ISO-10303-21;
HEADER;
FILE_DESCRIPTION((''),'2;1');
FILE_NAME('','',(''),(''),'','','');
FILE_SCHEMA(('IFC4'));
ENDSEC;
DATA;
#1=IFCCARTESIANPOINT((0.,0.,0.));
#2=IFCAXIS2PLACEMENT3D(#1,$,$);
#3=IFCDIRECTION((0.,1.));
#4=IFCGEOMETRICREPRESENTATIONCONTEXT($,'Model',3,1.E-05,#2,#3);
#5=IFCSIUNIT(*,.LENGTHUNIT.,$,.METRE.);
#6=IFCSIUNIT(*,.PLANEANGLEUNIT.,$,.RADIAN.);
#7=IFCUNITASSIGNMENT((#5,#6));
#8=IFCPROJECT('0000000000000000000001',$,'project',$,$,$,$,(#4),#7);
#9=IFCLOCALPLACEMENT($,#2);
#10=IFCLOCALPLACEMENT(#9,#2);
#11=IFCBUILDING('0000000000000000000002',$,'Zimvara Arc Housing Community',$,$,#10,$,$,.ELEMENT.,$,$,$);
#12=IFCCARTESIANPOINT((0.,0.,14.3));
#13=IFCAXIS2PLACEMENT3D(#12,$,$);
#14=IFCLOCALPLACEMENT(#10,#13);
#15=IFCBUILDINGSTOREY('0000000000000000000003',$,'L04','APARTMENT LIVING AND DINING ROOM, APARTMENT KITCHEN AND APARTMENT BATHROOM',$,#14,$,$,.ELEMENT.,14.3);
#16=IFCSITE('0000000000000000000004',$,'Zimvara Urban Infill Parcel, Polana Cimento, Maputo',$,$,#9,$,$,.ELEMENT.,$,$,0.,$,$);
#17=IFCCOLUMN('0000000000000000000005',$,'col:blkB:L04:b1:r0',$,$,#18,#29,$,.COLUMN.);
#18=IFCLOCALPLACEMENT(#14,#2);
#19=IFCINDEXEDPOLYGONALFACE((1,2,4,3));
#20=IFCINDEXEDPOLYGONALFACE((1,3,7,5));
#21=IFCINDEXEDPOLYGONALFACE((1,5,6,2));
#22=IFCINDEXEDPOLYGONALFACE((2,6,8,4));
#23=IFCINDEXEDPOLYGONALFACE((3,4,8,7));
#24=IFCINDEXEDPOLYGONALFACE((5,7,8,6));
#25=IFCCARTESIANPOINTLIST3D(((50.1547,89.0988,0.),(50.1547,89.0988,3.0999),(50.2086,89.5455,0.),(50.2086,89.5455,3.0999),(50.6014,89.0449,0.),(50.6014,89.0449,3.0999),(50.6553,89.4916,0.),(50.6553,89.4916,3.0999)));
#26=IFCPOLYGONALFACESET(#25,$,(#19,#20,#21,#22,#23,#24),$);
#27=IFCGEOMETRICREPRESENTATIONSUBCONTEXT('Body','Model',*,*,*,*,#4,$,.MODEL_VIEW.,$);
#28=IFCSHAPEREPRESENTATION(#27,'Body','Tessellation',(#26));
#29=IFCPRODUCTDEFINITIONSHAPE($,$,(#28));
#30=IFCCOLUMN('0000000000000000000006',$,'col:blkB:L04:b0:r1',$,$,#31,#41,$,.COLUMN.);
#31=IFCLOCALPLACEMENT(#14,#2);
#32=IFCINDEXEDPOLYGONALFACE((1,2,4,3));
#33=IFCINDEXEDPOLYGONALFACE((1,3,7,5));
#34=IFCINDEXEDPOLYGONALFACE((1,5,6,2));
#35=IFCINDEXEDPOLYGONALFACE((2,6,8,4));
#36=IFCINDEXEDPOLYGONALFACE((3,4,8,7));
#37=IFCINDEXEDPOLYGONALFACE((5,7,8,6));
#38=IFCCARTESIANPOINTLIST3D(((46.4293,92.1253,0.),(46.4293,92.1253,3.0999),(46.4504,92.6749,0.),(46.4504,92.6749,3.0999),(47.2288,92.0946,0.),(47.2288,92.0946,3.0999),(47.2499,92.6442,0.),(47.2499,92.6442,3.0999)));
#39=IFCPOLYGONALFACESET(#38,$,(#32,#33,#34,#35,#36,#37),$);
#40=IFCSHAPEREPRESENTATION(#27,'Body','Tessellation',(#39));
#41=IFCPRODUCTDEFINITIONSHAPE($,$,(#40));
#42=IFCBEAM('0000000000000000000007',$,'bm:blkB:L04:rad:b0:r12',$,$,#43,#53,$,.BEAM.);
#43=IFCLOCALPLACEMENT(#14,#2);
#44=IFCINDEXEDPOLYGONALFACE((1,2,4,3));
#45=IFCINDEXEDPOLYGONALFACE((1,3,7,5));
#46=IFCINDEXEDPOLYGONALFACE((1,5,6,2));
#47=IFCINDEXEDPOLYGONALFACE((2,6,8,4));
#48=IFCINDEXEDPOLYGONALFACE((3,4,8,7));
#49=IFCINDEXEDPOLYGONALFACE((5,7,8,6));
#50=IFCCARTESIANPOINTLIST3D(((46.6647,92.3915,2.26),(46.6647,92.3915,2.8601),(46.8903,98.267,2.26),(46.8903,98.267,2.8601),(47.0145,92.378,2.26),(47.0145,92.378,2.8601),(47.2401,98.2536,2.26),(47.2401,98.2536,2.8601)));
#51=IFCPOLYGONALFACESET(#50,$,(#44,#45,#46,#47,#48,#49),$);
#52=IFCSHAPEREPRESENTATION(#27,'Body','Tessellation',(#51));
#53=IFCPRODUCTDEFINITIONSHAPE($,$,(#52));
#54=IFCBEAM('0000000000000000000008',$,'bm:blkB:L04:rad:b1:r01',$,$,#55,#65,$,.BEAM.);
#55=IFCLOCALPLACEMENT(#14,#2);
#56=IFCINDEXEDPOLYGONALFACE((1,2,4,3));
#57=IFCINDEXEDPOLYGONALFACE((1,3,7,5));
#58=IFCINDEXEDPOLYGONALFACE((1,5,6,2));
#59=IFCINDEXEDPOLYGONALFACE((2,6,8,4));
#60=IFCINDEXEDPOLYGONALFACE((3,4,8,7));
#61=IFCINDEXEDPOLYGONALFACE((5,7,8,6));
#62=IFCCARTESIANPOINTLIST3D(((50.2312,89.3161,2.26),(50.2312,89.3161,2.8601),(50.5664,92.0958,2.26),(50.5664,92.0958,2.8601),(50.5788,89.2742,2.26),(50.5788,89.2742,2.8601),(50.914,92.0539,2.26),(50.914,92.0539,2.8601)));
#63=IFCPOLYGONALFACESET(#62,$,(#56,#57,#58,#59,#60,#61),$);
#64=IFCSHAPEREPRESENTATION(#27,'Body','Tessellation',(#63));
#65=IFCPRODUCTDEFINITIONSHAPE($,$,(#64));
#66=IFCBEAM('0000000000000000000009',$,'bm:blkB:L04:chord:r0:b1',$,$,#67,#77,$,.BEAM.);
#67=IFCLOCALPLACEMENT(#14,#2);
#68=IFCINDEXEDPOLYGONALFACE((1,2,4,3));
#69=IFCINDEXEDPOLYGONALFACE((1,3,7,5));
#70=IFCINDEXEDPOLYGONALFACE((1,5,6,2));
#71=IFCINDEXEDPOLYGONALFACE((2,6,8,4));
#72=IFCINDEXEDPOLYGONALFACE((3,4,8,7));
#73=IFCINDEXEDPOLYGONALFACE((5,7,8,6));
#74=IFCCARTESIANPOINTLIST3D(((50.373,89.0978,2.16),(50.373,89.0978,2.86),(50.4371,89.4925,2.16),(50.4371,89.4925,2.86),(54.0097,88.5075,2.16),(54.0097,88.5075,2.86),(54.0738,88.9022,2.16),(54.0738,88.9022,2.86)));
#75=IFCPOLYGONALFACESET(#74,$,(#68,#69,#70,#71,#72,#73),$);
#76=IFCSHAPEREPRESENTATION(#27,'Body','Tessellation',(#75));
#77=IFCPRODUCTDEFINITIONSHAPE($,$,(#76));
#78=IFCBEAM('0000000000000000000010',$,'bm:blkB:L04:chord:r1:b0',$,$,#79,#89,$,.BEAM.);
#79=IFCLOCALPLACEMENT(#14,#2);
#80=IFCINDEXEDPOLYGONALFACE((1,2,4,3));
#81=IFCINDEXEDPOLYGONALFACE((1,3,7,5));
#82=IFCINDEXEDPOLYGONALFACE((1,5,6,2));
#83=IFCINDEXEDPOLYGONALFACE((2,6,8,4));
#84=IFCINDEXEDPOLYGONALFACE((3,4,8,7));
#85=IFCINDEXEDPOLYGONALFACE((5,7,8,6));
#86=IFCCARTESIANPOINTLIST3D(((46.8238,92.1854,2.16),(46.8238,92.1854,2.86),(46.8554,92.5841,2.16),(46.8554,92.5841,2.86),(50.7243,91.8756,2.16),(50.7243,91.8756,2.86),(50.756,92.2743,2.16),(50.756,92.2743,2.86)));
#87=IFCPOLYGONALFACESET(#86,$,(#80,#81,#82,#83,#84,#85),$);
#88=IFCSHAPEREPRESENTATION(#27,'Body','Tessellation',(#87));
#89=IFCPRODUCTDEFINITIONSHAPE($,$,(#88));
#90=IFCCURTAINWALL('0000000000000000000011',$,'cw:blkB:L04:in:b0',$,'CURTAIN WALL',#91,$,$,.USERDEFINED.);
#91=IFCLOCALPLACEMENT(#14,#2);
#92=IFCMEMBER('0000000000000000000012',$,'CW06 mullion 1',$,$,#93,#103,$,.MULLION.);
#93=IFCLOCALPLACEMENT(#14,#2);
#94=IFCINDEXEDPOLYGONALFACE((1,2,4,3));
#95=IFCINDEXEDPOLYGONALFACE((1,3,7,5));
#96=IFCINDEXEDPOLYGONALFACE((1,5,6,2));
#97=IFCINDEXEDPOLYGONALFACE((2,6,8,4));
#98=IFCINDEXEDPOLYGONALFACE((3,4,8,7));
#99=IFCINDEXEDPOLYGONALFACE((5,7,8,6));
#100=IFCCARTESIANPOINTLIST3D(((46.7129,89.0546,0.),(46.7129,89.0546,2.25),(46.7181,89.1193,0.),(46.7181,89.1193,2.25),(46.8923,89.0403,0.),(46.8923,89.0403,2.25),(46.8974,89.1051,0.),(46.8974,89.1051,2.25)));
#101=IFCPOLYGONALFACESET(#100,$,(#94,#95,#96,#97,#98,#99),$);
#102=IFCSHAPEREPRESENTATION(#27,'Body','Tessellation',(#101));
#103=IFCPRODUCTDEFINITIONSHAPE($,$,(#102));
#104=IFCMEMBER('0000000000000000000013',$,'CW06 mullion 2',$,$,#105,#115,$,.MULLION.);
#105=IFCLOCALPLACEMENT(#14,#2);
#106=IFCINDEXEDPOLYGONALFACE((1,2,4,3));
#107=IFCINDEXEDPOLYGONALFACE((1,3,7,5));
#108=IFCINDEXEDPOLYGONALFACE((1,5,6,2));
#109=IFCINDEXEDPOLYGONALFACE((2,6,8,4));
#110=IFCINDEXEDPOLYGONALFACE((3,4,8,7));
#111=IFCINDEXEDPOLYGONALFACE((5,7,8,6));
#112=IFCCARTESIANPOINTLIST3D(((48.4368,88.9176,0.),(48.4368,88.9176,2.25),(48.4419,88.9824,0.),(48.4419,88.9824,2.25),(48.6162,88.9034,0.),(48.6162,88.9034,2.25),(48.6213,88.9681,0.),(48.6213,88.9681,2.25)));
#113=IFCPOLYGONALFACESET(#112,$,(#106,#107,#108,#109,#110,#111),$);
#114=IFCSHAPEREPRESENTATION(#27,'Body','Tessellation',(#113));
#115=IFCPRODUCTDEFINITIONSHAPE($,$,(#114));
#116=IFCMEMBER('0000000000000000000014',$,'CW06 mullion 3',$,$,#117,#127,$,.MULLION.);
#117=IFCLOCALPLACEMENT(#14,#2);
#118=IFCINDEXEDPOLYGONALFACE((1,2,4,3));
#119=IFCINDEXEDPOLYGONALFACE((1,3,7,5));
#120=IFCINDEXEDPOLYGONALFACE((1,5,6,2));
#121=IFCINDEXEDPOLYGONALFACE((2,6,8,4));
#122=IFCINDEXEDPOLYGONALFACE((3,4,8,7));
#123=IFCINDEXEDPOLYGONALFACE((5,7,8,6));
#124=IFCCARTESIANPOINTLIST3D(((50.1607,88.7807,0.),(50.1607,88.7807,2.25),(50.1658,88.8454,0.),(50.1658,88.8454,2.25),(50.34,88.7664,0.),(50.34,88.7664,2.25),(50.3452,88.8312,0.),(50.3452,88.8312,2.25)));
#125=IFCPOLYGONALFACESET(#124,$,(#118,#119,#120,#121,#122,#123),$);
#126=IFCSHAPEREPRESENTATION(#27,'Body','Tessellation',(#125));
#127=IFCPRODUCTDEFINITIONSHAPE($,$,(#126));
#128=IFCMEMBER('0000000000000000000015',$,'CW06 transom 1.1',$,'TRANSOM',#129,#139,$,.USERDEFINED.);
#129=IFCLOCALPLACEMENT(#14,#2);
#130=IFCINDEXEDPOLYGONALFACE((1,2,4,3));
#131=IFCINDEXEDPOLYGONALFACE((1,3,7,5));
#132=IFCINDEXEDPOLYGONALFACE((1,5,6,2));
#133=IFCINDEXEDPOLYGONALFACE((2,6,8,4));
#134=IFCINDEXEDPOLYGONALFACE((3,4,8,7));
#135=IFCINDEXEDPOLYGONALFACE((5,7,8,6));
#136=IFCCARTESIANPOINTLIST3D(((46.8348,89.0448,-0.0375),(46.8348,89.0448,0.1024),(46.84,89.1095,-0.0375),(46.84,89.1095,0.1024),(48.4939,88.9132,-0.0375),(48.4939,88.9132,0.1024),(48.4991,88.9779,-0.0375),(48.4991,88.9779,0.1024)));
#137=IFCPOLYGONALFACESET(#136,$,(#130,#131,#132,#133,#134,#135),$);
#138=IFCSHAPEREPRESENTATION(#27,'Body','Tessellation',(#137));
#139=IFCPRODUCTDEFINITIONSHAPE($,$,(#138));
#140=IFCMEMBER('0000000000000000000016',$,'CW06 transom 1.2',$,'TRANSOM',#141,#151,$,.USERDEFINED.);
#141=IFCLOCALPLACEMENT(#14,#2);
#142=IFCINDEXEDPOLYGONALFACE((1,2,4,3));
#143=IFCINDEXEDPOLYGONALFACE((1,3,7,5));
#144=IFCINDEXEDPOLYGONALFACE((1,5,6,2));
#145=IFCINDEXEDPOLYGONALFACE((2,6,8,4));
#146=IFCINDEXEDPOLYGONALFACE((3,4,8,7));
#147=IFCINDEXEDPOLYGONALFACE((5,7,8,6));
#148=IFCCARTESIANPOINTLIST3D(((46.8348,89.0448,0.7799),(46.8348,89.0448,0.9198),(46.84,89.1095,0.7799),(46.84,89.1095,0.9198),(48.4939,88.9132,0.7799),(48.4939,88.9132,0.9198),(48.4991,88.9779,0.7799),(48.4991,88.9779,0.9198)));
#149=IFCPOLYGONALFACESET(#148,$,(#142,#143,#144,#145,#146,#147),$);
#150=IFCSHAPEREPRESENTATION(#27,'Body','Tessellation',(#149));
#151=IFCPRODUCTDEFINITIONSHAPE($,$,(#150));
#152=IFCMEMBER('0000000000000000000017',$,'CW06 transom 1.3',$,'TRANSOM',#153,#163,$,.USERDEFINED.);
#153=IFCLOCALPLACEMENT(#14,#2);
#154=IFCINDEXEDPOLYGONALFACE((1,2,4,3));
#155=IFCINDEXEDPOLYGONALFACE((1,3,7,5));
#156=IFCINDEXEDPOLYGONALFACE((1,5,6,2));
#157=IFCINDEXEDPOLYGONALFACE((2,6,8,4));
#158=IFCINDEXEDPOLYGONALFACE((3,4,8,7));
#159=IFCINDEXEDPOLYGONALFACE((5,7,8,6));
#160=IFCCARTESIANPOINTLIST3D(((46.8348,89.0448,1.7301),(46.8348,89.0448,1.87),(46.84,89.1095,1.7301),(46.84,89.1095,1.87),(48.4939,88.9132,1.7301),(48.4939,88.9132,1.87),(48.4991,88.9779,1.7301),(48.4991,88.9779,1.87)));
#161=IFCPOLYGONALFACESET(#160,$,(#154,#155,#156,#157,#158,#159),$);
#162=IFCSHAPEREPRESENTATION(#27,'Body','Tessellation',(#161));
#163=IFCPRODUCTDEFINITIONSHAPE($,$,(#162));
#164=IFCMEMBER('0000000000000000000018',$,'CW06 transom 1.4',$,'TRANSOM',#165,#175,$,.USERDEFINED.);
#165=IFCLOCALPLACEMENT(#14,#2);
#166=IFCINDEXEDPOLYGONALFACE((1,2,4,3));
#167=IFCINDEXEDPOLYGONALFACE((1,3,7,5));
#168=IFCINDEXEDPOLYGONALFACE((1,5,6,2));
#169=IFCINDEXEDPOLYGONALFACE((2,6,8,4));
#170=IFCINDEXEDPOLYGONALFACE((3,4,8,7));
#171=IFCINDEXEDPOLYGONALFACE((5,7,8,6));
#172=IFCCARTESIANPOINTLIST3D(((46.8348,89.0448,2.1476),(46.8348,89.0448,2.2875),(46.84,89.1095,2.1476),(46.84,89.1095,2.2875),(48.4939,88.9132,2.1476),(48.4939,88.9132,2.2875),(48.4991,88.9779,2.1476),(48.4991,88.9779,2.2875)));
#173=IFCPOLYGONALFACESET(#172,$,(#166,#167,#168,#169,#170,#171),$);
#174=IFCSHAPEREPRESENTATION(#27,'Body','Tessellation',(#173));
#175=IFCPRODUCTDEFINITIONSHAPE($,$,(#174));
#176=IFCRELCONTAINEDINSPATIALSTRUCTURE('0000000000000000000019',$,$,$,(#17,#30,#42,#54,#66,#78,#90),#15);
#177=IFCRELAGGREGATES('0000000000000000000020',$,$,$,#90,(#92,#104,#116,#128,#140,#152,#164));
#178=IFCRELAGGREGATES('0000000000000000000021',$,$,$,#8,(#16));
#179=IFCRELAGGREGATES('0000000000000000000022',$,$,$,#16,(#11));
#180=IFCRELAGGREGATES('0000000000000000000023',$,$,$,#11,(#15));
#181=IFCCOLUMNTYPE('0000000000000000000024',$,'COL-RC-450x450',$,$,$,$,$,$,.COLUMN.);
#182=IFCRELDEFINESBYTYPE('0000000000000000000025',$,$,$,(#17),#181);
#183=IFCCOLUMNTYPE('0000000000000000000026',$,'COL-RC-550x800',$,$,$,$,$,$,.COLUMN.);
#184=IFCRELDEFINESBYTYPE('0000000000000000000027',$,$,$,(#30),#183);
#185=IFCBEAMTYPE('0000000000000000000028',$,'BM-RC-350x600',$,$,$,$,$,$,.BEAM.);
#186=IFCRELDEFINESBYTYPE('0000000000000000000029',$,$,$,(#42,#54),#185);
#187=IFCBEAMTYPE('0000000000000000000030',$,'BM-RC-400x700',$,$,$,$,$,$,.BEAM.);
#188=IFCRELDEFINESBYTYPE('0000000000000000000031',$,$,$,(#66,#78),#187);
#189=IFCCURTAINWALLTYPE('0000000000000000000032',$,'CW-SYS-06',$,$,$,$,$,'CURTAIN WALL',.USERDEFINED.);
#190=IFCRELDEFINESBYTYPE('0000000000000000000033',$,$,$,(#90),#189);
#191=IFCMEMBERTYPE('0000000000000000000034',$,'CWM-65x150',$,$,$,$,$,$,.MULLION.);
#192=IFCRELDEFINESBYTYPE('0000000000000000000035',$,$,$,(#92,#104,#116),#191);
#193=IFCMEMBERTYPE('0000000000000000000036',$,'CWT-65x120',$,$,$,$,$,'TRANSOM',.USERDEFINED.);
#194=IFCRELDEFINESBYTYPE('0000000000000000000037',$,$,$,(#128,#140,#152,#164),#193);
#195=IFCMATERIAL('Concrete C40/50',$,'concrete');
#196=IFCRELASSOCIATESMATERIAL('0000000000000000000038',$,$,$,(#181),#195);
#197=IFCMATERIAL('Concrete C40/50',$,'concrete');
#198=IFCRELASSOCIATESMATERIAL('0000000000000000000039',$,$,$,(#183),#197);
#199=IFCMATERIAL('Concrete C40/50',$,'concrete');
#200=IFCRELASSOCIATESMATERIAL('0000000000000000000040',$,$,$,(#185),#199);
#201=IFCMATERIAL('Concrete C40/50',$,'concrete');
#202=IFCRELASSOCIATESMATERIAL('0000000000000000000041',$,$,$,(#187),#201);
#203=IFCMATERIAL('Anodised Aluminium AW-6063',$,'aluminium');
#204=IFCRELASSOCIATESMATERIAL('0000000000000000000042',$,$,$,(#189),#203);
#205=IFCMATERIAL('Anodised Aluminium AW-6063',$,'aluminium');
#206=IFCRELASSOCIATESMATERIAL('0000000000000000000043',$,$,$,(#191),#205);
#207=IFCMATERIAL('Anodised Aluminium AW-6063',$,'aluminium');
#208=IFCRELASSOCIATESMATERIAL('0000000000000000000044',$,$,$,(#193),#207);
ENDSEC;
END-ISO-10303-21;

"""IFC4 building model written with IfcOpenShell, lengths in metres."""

from ifc_helpers import new_model, si_unit, direction, frame, origin, origin_2d, place, context, subcontext, project, spatial, rectangle, extrude, material, material_profile, profile_set, type_object, element, aggregate, save


model = new_model("IFC4")

# Units and contexts
model_context = context("Model", 3, precision=1e-05, world=origin(), true_north=direction((0.0, 1.0)))
body_context = subcontext(model_context, "Body", "Model", "MODEL_VIEW")
ifc_project = project(units=[si_unit("LENGTHUNIT", "METRE"), si_unit("PLANEANGLEUNIT", "RADIAN")], contexts=[model_context])

# Site, building, storey
site_placement = place(None, origin())
site = spatial("IfcSite", under=ifc_project, at=site_placement, Name="Zimvara Urban Infill Parcel, Polana Cimento, Maputo", CompositionType="ELEMENT", RefElevation=0.0)
building_placement = place(site_placement, origin())
building = spatial("IfcBuilding", under=site, at=building_placement, Name="Zimvara Arc Housing Community", CompositionType="ELEMENT")
storey_placement = place(building_placement, frame((0.0, 0.0, 14.3)))
storey = spatial("IfcBuildingStorey", under=building, at=storey_placement, Name="L04", Description="APARTMENT LIVING AND DINING ROOM, APARTMENT KITCHEN AND APARTMENT BATHROOM", CompositionType="ELEMENT", Elevation=14.3)

# Columns
ifc_material_1 = material(Name="Concrete C40/50", Category="concrete")
ifc_material_profile_1 = material_profile(ifc_material_1, rectangle(XDim=0.45, YDim=0.45, at=origin_2d()), Name="RC 450x450")
ifc_profile_set_1 = profile_set([ifc_material_profile_1], Name="Concrete C40/50")
column_type_1 = type_object("IfcColumnType", Name="COL-RC-450x450", PredefinedType="COLUMN", material=ifc_profile_set_1)
column_1_placement = place(storey_placement, frame((50.405, 89.2952, 0.0), z_axis=(0.0, 0.0, 1.0), x_axis=(0.11979, 0.992799, 0.0)))
element("IfcColumn", 1, at=column_1_placement, inside=storey, type_object=column_type_1, Name="col:blkB:L04:b1:r0", PredefinedType="COLUMN", context=body_context, shape_type="SweptSolid", body=[
    extrude(rectangle(XDim=0.45, YDim=0.45, at=origin_2d()), origin(), (0.0, 0.0, 1.0), 3.0999),
])
ifc_material_2 = material(Name="Concrete C40/50", Category="concrete")
ifc_material_profile_2 = material_profile(ifc_material_2, rectangle(XDim=0.55, YDim=0.8, at=origin_2d()), Name="RC 550x800")
ifc_profile_set_2 = profile_set([ifc_material_profile_2], Name="Concrete C40/50")
column_type_2 = type_object("IfcColumnType", Name="COL-RC-550x800", PredefinedType="COLUMN", material=ifc_profile_set_2)
column_2_placement = place(storey_placement, frame((46.8396, 92.3848, 0.0), z_axis=(0.0, 0.0, 1.0), x_axis=(0.038388, 0.999263, 0.0)))
element("IfcColumn", 2, at=column_2_placement, inside=storey, type_object=column_type_2, Name="col:blkB:L04:b0:r1", PredefinedType="COLUMN", context=body_context, shape_type="SweptSolid", body=[
    extrude(rectangle(XDim=0.55, YDim=0.8, at=origin_2d()), origin(), (0.0, 0.0, 1.0), 3.0999),
])

# Beams
ifc_material_3 = material(Name="Concrete C40/50", Category="concrete")
ifc_material_profile_3 = material_profile(ifc_material_3, rectangle(XDim=0.3501, YDim=0.6001, at=origin_2d()), Name="RC 350x600")
ifc_profile_set_3 = profile_set([ifc_material_profile_3], Name="Concrete C40/50")
beam_type_1 = type_object("IfcBeamType", Name="BM-RC-350x600", PredefinedType="BEAM", material=ifc_profile_set_3)
beam_1_placement = place(storey_placement, frame((46.8396, 92.3848, 2.5601), z_axis=(0.038366, 0.999264, 0.0), x_axis=(-0.999264, 0.038366, 0.0)))
element("IfcBeam", 3, at=beam_1_placement, inside=storey, type_object=beam_type_1, Name="bm:blkB:L04:rad:b0:r12", PredefinedType="BEAM", context=body_context, shape_type="SweptSolid", body=[
    extrude(rectangle(XDim=0.3501, YDim=0.6001, at=origin_2d()), origin(), (0.0, 0.0, 1.0), 5.8799),
])
beam_2_placement = place(storey_placement, frame((50.405, 89.2952, 2.5601), z_axis=(0.119719, 0.992808, 0.0), x_axis=(-0.992808, 0.119719, 0.0)))
element("IfcBeam", 4, at=beam_2_placement, inside=storey, type_object=beam_type_1, Name="bm:blkB:L04:rad:b1:r01", PredefinedType="BEAM", context=body_context, shape_type="SweptSolid", body=[
    extrude(rectangle(XDim=0.3501, YDim=0.6001, at=origin_2d()), origin(), (0.0, 0.0, 1.0), 2.7998),
])
ifc_material_4 = material(Name="Concrete C40/50", Category="concrete")
ifc_material_profile_4 = material_profile(ifc_material_4, rectangle(XDim=0.3999, YDim=0.7, at=origin_2d()), Name="RC 400x700")
ifc_profile_set_4 = profile_set([ifc_material_profile_4], Name="Concrete C40/50")
beam_type_2 = type_object("IfcBeamType", Name="BM-RC-400x700", PredefinedType="BEAM", material=ifc_profile_set_4)
beam_3_placement = place(storey_placement, frame((50.405, 89.2952, 2.51), z_axis=(0.98708, -0.160228, 0.0), x_axis=(0.160228, 0.98708, 0.0)))
element("IfcBeam", 5, at=beam_3_placement, inside=storey, type_object=beam_type_2, Name="bm:blkB:L04:chord:r0:b1", PredefinedType="BEAM", context=body_context, shape_type="SweptSolid", body=[
    extrude(rectangle(XDim=0.3999, YDim=0.7, at=origin_2d()), origin(), (0.0, 0.0, 1.0), 3.6843),
])
beam_4_placement = place(storey_placement, frame((46.8396, 92.3848, 2.51), z_axis=(0.996861, -0.079177, 0.0), x_axis=(0.079177, 0.996861, 0.0)))
element("IfcBeam", 6, at=beam_4_placement, inside=storey, type_object=beam_type_2, Name="bm:blkB:L04:chord:r1:b0", PredefinedType="BEAM", context=body_context, shape_type="SweptSolid", body=[
    extrude(rectangle(XDim=0.3999, YDim=0.7, at=origin_2d()), origin(), (0.0, 0.0, 1.0), 3.9128),
])

# Curtain wall, members
ifc_material_5 = material(Name="Anodised Aluminium AW-6063", Category="aluminium")
curtain_wall_type = type_object("IfcCurtainWallType", Name="CW-SYS-06", ElementType="CURTAIN WALL", PredefinedType="USERDEFINED", material=ifc_material_5)
curtain_wall_placement = place(storey_placement, origin())
curtain_wall = element("IfcCurtainWall", 7, at=curtain_wall_placement, inside=storey, type_object=curtain_wall_type, Name="cw:blkB:L04:in:b0", ObjectType="CURTAIN WALL", PredefinedType="USERDEFINED")
ifc_material_6 = material(Name="Anodised Aluminium AW-6063", Category="aluminium")
ifc_material_profile_5 = material_profile(ifc_material_6, rectangle(XDim=0.0649, YDim=0.1799, at=origin_2d()), Name="ALU 65x180")
ifc_profile_set_5 = profile_set([ifc_material_profile_5], Name="Anodised Aluminium AW-6063")
member_type_1 = type_object("IfcMemberType", Name="CWM-65x150", PredefinedType="MULLION", material=ifc_profile_set_5)
member_1_placement = place(storey_placement, frame((46.8052, 89.0798, 0.0), z_axis=(0.0, 0.0, 1.0), x_axis=(0.079155, 0.996862, 0.0)))
member_1 = element("IfcMember", 8, at=member_1_placement, type_object=member_type_1, Name="CW06 mullion 1", PredefinedType="MULLION", context=body_context, shape_type="SweptSolid", body=[
    extrude(rectangle(XDim=0.0649, YDim=0.1799, at=origin_2d()), origin(), (0.0, 0.0, 1.0), 2.25),
])
member_2_placement = place(storey_placement, frame((48.5291, 88.9429, 0.0), z_axis=(0.0, 0.0, 1.0), x_axis=(0.079155, 0.996862, 0.0)))
member_2 = element("IfcMember", 9, at=member_2_placement, type_object=member_type_1, Name="CW06 mullion 2", PredefinedType="MULLION", context=body_context, shape_type="SweptSolid", body=[
    extrude(rectangle(XDim=0.0649, YDim=0.1799, at=origin_2d()), origin(), (0.0, 0.0, 1.0), 2.25),
])
member_3_placement = place(storey_placement, frame((50.2529, 88.8059, 0.0), z_axis=(0.0, 0.0, 1.0), x_axis=(0.079155, 0.996862, 0.0)))
member_3 = element("IfcMember", 10, at=member_3_placement, type_object=member_type_1, Name="CW06 mullion 3", PredefinedType="MULLION", context=body_context, shape_type="SweptSolid", body=[
    extrude(rectangle(XDim=0.0649, YDim=0.1799, at=origin_2d()), origin(), (0.0, 0.0, 1.0), 2.25),
])
ifc_material_7 = material(Name="Anodised Aluminium AW-6063", Category="aluminium")
ifc_material_profile_6 = material_profile(ifc_material_7, rectangle(XDim=0.0649, YDim=0.1399, at=origin_2d()), Name="ALU 65x140")
ifc_profile_set_6 = profile_set([ifc_material_profile_6], Name="Anodised Aluminium AW-6063")
member_type_2 = type_object("IfcMemberType", Name="CWT-65x120", ElementType="TRANSOM", PredefinedType="USERDEFINED", material=ifc_profile_set_6)
member_4_placement = place(storey_placement, frame((46.8374, 89.0771, 0.0325), z_axis=(0.99687, -0.079063, 0.0), x_axis=(0.079063, 0.99687, 0.0)))
member_4 = element("IfcMember", 11, at=member_4_placement, type_object=member_type_2, Name="CW06 transom 1.1", ObjectType="TRANSOM", PredefinedType="USERDEFINED", context=body_context, shape_type="SweptSolid", body=[
    extrude(rectangle(XDim=0.0649, YDim=0.1399, at=origin_2d()), origin(), (0.0, 0.0, 1.0), 1.6643),
])
member_5_placement = place(storey_placement, frame((46.8374, 89.0771, 0.8499), z_axis=(0.99687, -0.079063, 0.0), x_axis=(0.079063, 0.99687, 0.0)))
member_5 = element("IfcMember", 12, at=member_5_placement, type_object=member_type_2, Name="CW06 transom 1.2", ObjectType="TRANSOM", PredefinedType="USERDEFINED", context=body_context, shape_type="SweptSolid", body=[
    extrude(rectangle(XDim=0.0649, YDim=0.1399, at=origin_2d()), origin(), (0.0, 0.0, 1.0), 1.6643),
])
member_6_placement = place(storey_placement, frame((46.8374, 89.0771, 1.8), z_axis=(0.99687, -0.079063, 0.0), x_axis=(0.079063, 0.99687, 0.0)))
member_6 = element("IfcMember", 13, at=member_6_placement, type_object=member_type_2, Name="CW06 transom 1.3", ObjectType="TRANSOM", PredefinedType="USERDEFINED", context=body_context, shape_type="SweptSolid", body=[
    extrude(rectangle(XDim=0.0649, YDim=0.1399, at=origin_2d()), origin(), (0.0, 0.0, 1.0), 1.6643),
])
member_7_placement = place(storey_placement, frame((46.8374, 89.0771, 2.2175), z_axis=(0.99687, -0.079063, 0.0), x_axis=(0.079063, 0.99687, 0.0)))
member_7 = element("IfcMember", 14, at=member_7_placement, type_object=member_type_2, Name="CW06 transom 1.4", ObjectType="TRANSOM", PredefinedType="USERDEFINED", context=body_context, shape_type="SweptSolid", body=[
    extrude(rectangle(XDim=0.0649, YDim=0.1399, at=origin_2d()), origin(), (0.0, 0.0, 1.0), 1.6643),
])
aggregate(curtain_wall, [member_1, member_2, member_3, member_4, member_5, member_6, member_7])

save(model, "model.ifc")
